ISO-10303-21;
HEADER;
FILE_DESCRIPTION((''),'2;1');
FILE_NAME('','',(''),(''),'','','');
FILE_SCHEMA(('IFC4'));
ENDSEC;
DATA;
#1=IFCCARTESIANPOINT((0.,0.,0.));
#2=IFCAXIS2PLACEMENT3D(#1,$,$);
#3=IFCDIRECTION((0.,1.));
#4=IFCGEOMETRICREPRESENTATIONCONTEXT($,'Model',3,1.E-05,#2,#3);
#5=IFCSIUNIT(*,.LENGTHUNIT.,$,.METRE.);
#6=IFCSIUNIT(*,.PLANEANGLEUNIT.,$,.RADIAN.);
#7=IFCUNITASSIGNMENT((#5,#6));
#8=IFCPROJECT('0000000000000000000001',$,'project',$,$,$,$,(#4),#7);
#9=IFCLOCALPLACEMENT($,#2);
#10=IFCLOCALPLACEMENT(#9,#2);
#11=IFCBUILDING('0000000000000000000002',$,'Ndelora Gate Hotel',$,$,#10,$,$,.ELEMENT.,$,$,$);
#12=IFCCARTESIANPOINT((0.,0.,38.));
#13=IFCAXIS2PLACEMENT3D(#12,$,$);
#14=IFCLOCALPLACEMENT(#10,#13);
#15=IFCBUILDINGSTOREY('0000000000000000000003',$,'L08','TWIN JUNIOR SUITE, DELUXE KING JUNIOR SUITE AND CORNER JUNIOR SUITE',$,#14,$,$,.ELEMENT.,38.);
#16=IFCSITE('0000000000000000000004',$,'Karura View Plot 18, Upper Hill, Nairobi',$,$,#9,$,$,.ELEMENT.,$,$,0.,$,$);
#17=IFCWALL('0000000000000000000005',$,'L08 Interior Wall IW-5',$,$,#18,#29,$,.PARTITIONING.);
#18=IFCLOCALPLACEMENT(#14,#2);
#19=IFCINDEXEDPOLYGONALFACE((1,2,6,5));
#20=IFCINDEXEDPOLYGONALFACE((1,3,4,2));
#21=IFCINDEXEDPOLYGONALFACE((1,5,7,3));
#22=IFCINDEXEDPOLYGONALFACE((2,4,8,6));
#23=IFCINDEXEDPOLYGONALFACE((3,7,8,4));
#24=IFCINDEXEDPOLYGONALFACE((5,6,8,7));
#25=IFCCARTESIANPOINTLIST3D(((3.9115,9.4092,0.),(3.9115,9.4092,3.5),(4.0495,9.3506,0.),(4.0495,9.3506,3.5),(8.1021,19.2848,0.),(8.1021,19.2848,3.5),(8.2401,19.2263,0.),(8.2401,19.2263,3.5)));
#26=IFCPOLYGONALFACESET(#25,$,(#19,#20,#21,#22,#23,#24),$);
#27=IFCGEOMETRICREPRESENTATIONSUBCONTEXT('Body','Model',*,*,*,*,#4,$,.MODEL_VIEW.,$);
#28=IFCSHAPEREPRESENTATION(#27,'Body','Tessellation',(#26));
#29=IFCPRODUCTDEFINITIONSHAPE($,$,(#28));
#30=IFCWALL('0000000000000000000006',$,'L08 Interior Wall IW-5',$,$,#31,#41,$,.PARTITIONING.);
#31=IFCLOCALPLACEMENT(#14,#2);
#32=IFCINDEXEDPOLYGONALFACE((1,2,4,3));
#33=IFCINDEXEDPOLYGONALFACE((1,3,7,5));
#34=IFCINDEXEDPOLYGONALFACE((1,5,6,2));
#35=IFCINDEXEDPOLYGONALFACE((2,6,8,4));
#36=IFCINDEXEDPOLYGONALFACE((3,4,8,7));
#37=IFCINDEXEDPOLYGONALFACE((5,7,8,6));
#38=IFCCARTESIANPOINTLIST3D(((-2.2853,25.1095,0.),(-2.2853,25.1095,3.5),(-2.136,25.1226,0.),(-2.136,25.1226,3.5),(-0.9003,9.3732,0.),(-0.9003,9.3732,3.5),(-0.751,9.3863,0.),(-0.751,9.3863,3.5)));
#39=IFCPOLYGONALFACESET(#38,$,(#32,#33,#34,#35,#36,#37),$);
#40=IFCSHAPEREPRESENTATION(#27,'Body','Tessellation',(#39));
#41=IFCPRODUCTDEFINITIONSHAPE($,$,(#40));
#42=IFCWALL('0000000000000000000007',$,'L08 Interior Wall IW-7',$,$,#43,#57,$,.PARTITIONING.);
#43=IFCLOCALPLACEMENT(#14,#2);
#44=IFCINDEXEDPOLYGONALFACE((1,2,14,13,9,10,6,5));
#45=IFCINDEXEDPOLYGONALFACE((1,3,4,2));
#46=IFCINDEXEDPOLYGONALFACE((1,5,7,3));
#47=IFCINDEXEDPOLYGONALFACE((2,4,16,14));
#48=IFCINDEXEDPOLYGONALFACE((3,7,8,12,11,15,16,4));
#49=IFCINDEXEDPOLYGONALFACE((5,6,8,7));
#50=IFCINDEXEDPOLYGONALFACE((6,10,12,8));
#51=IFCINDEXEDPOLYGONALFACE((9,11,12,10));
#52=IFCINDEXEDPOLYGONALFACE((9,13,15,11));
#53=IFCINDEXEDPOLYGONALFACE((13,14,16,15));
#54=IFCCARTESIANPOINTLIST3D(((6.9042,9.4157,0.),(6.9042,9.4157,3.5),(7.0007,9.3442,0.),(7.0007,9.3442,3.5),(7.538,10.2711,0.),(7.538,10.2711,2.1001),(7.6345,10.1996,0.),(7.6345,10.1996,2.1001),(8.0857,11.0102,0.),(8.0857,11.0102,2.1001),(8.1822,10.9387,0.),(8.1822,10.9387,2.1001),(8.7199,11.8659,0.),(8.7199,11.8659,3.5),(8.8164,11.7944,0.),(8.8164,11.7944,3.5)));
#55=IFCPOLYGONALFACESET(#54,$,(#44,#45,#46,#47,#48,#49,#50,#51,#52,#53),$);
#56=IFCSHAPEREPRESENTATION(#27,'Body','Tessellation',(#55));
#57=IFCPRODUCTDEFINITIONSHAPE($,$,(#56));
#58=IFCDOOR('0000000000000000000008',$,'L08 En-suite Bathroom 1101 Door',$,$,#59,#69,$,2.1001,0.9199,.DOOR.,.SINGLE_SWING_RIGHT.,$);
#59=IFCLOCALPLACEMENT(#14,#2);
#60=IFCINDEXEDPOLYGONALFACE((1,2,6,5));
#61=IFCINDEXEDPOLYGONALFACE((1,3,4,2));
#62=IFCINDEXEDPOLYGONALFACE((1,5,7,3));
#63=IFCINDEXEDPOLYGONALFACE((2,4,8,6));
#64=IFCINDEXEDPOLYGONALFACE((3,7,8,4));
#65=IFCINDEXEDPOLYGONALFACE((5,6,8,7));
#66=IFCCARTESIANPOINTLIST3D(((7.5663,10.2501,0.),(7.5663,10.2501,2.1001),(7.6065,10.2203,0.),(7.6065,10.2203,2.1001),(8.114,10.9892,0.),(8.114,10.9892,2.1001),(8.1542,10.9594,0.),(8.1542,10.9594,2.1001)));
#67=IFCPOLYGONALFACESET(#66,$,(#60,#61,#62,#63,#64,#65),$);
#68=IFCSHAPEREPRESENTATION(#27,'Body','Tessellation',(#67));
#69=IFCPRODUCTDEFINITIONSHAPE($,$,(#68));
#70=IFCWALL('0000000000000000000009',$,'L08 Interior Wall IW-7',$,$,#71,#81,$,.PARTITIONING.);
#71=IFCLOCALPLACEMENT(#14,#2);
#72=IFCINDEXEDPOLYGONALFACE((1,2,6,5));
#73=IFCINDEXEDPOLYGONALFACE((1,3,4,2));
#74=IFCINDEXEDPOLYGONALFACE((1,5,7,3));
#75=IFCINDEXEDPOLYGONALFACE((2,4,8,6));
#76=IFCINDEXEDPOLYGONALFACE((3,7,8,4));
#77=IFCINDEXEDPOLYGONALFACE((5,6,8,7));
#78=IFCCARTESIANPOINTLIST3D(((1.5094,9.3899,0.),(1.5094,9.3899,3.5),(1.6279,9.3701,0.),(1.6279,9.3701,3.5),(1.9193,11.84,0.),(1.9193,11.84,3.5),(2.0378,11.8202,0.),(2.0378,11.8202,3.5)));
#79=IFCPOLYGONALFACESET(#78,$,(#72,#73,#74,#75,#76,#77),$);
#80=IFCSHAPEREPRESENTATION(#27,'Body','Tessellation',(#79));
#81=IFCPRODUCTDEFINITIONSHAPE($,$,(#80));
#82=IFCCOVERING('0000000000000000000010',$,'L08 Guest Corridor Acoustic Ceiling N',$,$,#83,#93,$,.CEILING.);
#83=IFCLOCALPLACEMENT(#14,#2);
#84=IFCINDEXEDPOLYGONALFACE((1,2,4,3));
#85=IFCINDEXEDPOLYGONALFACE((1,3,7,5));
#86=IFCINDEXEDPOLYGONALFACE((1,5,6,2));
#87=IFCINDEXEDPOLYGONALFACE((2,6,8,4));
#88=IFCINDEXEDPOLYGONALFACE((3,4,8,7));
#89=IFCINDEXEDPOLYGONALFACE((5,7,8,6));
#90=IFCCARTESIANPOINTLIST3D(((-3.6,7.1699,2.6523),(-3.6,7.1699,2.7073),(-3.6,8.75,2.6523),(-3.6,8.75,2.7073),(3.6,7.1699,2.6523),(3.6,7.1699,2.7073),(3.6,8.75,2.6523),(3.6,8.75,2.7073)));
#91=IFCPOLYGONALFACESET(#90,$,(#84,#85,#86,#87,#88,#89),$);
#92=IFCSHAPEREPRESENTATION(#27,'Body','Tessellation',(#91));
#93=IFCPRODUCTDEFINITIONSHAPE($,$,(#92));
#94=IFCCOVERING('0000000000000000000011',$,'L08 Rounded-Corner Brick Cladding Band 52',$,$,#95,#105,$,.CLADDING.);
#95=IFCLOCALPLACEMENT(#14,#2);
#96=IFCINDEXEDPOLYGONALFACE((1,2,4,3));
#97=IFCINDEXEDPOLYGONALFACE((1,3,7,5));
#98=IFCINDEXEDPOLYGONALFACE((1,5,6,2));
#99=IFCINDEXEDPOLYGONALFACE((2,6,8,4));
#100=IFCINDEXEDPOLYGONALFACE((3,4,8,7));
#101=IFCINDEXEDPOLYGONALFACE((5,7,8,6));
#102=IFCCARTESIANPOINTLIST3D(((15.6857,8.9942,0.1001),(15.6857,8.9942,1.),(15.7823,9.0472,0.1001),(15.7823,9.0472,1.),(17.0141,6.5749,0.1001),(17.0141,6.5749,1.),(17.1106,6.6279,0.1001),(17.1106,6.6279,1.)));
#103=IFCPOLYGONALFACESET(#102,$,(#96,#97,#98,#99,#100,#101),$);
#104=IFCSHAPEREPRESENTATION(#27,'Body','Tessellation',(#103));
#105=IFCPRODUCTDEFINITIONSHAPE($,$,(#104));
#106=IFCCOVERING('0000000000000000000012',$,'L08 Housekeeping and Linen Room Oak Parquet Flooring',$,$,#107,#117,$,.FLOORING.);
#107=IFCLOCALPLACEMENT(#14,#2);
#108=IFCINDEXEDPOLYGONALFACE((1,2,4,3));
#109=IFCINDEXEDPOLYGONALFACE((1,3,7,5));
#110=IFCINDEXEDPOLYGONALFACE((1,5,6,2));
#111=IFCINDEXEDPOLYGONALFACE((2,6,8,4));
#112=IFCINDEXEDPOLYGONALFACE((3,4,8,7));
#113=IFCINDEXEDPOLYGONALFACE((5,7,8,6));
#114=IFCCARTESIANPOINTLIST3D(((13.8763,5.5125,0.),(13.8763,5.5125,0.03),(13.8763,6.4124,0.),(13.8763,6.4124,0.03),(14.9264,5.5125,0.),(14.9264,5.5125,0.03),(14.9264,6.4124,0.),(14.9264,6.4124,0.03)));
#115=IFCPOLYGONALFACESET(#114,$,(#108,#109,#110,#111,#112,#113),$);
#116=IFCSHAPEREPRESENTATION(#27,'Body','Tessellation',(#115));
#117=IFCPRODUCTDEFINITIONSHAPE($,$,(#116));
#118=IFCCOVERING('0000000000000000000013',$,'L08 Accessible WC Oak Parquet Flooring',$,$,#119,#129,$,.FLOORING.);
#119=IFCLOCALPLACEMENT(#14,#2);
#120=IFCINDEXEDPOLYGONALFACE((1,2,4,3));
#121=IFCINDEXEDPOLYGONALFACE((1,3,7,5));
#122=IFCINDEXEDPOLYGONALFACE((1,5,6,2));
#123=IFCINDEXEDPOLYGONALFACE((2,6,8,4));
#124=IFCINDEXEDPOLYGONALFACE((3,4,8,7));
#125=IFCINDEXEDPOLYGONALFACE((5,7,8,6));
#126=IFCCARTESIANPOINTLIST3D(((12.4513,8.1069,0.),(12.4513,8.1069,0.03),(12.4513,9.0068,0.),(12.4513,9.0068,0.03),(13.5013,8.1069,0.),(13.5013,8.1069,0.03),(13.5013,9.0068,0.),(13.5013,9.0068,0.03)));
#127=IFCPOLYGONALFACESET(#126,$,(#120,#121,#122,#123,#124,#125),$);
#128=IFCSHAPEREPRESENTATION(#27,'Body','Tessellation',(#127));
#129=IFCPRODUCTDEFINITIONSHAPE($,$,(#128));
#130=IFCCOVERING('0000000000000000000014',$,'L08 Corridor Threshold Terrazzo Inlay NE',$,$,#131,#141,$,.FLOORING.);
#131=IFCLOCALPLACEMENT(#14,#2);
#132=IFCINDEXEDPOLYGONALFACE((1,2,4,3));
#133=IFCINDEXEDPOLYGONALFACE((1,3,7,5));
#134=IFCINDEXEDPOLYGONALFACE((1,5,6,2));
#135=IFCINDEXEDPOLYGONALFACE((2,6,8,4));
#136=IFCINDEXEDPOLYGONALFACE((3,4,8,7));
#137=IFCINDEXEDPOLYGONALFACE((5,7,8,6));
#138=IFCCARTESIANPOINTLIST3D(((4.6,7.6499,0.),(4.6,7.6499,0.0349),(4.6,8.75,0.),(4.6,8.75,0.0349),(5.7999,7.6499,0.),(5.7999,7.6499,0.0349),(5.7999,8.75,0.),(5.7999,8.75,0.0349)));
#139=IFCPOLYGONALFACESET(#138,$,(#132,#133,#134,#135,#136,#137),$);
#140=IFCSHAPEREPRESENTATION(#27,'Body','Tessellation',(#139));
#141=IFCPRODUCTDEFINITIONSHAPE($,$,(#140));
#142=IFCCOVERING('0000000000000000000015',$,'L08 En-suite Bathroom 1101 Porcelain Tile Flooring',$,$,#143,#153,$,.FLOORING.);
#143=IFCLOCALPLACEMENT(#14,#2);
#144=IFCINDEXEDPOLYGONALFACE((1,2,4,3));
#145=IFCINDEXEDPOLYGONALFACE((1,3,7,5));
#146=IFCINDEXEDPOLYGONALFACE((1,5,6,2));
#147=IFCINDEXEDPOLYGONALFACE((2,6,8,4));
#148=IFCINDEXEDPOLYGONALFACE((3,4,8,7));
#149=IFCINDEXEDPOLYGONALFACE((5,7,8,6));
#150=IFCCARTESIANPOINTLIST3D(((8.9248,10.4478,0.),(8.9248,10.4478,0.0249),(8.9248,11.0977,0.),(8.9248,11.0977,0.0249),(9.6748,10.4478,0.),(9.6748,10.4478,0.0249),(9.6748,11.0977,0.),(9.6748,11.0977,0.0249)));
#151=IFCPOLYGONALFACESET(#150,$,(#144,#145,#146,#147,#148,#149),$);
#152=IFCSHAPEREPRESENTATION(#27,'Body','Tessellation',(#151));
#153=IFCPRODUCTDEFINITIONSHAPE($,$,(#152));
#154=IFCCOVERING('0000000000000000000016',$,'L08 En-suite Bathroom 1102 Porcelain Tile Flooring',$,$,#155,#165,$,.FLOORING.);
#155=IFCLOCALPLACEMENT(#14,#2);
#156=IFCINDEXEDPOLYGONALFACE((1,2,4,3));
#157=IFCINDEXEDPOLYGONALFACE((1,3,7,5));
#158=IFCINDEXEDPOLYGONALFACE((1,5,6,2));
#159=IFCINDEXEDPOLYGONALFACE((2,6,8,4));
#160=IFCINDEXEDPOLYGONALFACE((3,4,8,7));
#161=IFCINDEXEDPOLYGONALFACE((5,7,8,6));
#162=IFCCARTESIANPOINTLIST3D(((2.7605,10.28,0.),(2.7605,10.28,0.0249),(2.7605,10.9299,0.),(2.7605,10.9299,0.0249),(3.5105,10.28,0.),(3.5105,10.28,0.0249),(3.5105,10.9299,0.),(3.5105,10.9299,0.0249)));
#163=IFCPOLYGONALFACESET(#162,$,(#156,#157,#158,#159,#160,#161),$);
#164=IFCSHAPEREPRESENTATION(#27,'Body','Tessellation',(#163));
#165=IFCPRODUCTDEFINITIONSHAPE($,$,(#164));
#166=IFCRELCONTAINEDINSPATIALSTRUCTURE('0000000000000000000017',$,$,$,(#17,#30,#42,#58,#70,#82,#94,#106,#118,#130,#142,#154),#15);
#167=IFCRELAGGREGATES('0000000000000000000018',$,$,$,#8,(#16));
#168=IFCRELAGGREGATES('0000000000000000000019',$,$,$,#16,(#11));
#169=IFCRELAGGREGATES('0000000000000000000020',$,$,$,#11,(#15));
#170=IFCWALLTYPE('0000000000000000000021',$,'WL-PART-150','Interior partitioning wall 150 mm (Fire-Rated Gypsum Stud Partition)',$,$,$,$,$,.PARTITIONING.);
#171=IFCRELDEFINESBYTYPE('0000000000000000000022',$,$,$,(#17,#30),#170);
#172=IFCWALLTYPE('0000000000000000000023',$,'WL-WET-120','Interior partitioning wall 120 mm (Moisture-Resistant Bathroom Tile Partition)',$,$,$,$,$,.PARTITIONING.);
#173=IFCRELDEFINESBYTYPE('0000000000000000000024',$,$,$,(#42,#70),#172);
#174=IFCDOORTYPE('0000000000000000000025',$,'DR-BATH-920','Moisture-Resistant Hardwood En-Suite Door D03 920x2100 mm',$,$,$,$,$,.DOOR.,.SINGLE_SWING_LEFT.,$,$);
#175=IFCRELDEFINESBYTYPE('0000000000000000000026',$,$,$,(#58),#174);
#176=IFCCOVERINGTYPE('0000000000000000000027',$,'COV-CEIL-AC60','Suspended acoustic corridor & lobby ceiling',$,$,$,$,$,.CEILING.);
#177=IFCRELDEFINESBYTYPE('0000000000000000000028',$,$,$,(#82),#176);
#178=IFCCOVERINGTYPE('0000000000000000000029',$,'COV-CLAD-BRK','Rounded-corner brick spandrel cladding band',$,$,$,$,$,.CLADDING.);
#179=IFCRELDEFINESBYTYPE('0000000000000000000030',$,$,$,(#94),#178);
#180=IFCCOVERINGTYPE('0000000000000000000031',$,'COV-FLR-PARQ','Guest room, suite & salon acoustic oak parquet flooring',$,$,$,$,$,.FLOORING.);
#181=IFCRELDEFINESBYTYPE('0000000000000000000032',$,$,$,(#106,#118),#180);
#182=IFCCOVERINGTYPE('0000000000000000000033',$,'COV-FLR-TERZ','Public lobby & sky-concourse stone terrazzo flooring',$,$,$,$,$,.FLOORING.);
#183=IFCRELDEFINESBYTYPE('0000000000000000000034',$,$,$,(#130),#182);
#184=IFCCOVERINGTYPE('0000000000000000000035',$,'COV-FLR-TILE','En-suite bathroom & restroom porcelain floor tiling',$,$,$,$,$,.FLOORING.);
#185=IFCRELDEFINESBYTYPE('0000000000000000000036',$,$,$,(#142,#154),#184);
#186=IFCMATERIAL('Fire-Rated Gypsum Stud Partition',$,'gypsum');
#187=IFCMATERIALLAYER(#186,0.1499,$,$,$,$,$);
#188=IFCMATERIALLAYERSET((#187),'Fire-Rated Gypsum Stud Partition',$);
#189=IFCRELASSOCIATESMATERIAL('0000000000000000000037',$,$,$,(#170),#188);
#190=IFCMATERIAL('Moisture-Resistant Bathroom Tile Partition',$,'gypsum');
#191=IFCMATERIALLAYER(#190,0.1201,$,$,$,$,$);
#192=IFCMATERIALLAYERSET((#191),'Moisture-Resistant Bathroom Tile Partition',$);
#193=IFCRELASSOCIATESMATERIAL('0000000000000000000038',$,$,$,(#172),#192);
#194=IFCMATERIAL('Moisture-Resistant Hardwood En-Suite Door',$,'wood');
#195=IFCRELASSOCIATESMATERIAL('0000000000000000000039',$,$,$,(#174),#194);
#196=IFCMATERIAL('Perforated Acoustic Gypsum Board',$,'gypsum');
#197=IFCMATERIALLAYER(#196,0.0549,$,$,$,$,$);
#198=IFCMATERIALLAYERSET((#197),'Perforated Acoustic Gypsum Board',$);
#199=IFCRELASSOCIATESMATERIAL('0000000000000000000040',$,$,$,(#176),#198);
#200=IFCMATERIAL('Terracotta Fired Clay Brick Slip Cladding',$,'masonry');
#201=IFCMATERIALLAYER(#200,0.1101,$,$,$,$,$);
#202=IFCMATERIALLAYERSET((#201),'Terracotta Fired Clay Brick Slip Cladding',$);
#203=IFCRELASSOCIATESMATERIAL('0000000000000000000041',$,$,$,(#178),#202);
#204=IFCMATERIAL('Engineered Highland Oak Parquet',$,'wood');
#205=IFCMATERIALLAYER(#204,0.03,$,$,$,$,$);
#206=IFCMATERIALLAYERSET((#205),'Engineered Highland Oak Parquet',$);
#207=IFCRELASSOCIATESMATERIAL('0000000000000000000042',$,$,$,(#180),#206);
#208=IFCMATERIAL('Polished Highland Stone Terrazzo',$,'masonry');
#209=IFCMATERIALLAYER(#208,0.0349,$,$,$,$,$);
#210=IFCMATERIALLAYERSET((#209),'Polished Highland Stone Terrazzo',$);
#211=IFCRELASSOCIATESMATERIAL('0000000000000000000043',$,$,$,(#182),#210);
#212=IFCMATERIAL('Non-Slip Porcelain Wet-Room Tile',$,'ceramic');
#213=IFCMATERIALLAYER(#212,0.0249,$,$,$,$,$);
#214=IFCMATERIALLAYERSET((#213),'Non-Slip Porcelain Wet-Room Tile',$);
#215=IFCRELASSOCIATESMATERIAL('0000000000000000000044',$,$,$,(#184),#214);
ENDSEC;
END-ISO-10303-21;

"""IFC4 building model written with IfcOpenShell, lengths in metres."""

from ifc_helpers import new_model, si_unit, direction, frame, frame_2d, origin, origin_2d, place, context, subcontext, project, spatial, rectangle, extrude, material, layer, layer_set, type_object, element, fill, save


model = new_model("IFC4")

# Units and contexts
model_context = context("Model", 3, precision=1e-05, world=origin(), true_north=direction((0.0, 1.0)))
body_context = subcontext(model_context, "Body", "Model", "MODEL_VIEW")
ifc_project = project(units=[si_unit("LENGTHUNIT", "METRE"), si_unit("PLANEANGLEUNIT", "RADIAN")], contexts=[model_context])

# Site, building, storey
site_placement = place(None, origin())
site = spatial("IfcSite", under=ifc_project, at=site_placement, Name="Karura View Plot 18, Upper Hill, Nairobi", CompositionType="ELEMENT", RefElevation=0.0)
building_placement = place(site_placement, origin())
building = spatial("IfcBuilding", under=site, at=building_placement, Name="Ndelora Gate Hotel", CompositionType="ELEMENT")
storey_placement = place(building_placement, frame((0.0, 0.0, 38.0)))
storey = spatial("IfcBuildingStorey", under=building, at=storey_placement, Name="L08", Description="TWIN JUNIOR SUITE, DELUXE KING JUNIOR SUITE AND CORNER JUNIOR SUITE", CompositionType="ELEMENT", Elevation=38.0)

# Shared definitions
ifc_material_1 = material(Name="Fire-Rated Gypsum Stud Partition", Category="gypsum")
ifc_layer_1 = layer(ifc_material_1, 0.1499)
ifc_layer_set_1 = layer_set([ifc_layer_1], Name="Fire-Rated Gypsum Stud Partition")
wall_type_1 = type_object("IfcWallType", Name="WL-PART-150", Description="Interior partitioning wall 150 mm (Fire-Rated Gypsum Stud Partition)", PredefinedType="PARTITIONING", material=ifc_layer_set_1)

# Walls
wall_1_placement = place(storey_placement, frame((3.9805, 9.3799, 0.0), z_axis=(0.0, 0.0, 1.0), x_axis=(0.390626, 0.920549, 0.0)))
element("IfcWall", 1, at=wall_1_placement, inside=storey, type_object=wall_type_1, Name="L08 Interior Wall IW-5", PredefinedType="PARTITIONING", context=body_context, shape_type="SweptSolid", body=[
    extrude(rectangle(XDim=10.728, YDim=0.1499, at=frame_2d((5.364, 0.0))), origin(), (0.0, 0.0, 1.0), 3.5),
])
wall_2_placement = place(storey_placement, frame((-0.8257, 9.3799, 0.0), z_axis=(0.0, 0.0, 1.0), x_axis=(-0.087675, 0.996149, 0.0)))
element("IfcWall", 2, at=wall_2_placement, inside=storey, type_object=wall_type_1, Name="L08 Interior Wall IW-5", PredefinedType="PARTITIONING", context=body_context, shape_type="SweptSolid", body=[
    extrude(rectangle(XDim=15.7971, YDim=0.1499, at=frame_2d((7.8984, 0.0))), origin(), (0.0, 0.0, 1.0), 3.5),
])

# Wall, opening, door
ifc_material_2 = material(Name="Moisture-Resistant Bathroom Tile Partition", Category="gypsum")
ifc_layer_2 = layer(ifc_material_2, 0.1201)
ifc_layer_set_2 = layer_set([ifc_layer_2], Name="Moisture-Resistant Bathroom Tile Partition")
wall_type_2 = type_object("IfcWallType", Name="WL-WET-120", Description="Interior partitioning wall 120 mm (Moisture-Resistant Bathroom Tile Partition)", PredefinedType="PARTITIONING", material=ifc_layer_set_2)
wall_3_placement = place(storey_placement, frame((6.9524, 9.3799, 0.0), z_axis=(0.0, 0.0, 1.0), x_axis=(0.595379, 0.803445, 0.0)))
wall_3 = element("IfcWall", 3, at=wall_3_placement, inside=storey, type_object=wall_type_2, Name="L08 Interior Wall IW-7", PredefinedType="PARTITIONING", context=body_context, shape_type="SweptSolid", body=[
    extrude(rectangle(XDim=3.0496, YDim=0.1201, at=frame_2d((1.5249, 0.0))), origin(), (0.0, 0.0, 1.0), 3.5),
])
opening_1_placement = place(wall_3_placement, frame((1.0647, 0.0, 0.0)))
opening_1 = element("IfcOpeningElement", 4, at=opening_1_placement, cuts=wall_3, PredefinedType="OPENING", context=body_context, shape_type="SweptSolid", body=[
    extrude(rectangle(XDim=0.9199, YDim=2.1001, at=frame_2d((0.46, 1.05))), frame((0.0, 0.0701, 0.0), z_axis=(0.0, -1.0, 0.0), x_axis=(1.0, 0.0, 0.0)), (0.0, 0.0, 1.0), 0.1401),
])
ifc_material_3 = material(Name="Moisture-Resistant Hardwood En-Suite Door", Category="wood")
door_type_1 = type_object("IfcDoorType", Name="DR-BATH-920", Description="Moisture-Resistant Hardwood En-Suite Door D03 920x2100 mm", OperationType="SINGLE_SWING_LEFT", PredefinedType="DOOR", material=ifc_material_3)
door_1_placement = place(opening_1_placement, origin())
door_1 = element("IfcDoor", 5, at=door_1_placement, inside=storey, type_object=door_type_1, Name="L08 En-suite Bathroom 1101 Door", OperationType="SINGLE_SWING_RIGHT", OverallHeight=2.1001, OverallWidth=0.9199, PredefinedType="DOOR", context=body_context, shape_type="SweptSolid", body=[
    extrude(rectangle(XDim=0.9199, YDim=2.1001, at=frame_2d((0.46, 1.05))), frame((0.0, 0.0249, 0.0), z_axis=(0.0, -1.0, 0.0), x_axis=(1.0, 0.0, 0.0)), (0.0, 0.0, 1.0), 0.05),
])
fill(opening_1, door_1)

# Wall
wall_4_placement = place(storey_placement, frame((1.5686, 9.3799, 0.0), z_axis=(0.0, 0.0, 1.0), x_axis=(0.165005, 0.986293, 0.0)))
element("IfcWall", 6, at=wall_4_placement, inside=storey, type_object=wall_type_2, Name="L08 Interior Wall IW-7", PredefinedType="PARTITIONING", context=body_context, shape_type="SweptSolid", body=[
    extrude(rectangle(XDim=2.4841, YDim=0.1201, at=frame_2d((1.2422, 0.0))), origin(), (0.0, 0.0, 1.0), 3.5),
])

# Coverings
ifc_material_4 = material(Name="Perforated Acoustic Gypsum Board", Category="gypsum")
ifc_layer_3 = layer(ifc_material_4, 0.0549)
ifc_layer_set_3 = layer_set([ifc_layer_3], Name="Perforated Acoustic Gypsum Board")
covering_type_1 = type_object("IfcCoveringType", Name="COV-CEIL-AC60", Description="Suspended acoustic corridor & lobby ceiling", PredefinedType="CEILING", material=ifc_layer_set_3)
covering_1_placement = place(storey_placement, frame((0.0, 7.96, 2.6523), z_axis=(0.0, 0.0, 1.0), x_axis=(1.0, 0.0, 0.0)))
element("IfcCovering", 7, at=covering_1_placement, inside=storey, type_object=covering_type_1, Name="L08 Guest Corridor Acoustic Ceiling N", PredefinedType="CEILING", context=body_context, shape_type="SweptSolid", body=[
    extrude(rectangle(XDim=7.2, YDim=1.5801, at=origin_2d()), origin(), (0.0, 0.0, 1.0), 0.0549),
])
ifc_material_5 = material(Name="Terracotta Fired Clay Brick Slip Cladding", Category="masonry")
ifc_layer_4 = layer(ifc_material_5, 0.1101)
ifc_layer_set_4 = layer_set([ifc_layer_4], Name="Terracotta Fired Clay Brick Slip Cladding")
covering_type_2 = type_object("IfcCoveringType", Name="COV-CLAD-BRK", Description="Rounded-corner brick spandrel cladding band", PredefinedType="CLADDING", material=ifc_layer_set_4)
covering_2_placement = place(storey_placement, frame((16.3982, 7.811, 0.1001), z_axis=(0.0, 0.0, 1.0), x_axis=(-0.481295, 0.876559, 0.0)))
element("IfcCovering", 8, at=covering_2_placement, inside=storey, type_object=covering_type_2, Name="L08 Rounded-Corner Brick Cladding Band 52", PredefinedType="CLADDING", context=body_context, shape_type="SweptSolid", body=[
    extrude(rectangle(XDim=2.76, YDim=0.1101, at=origin_2d()), origin(), (0.0, 0.0, 1.0), 0.8999),
])
ifc_material_6 = material(Name="Engineered Highland Oak Parquet", Category="wood")
ifc_layer_5 = layer(ifc_material_6, 0.03)
ifc_layer_set_5 = layer_set([ifc_layer_5], Name="Engineered Highland Oak Parquet")
covering_type_3 = type_object("IfcCoveringType", Name="COV-FLR-PARQ", Description="Guest room, suite & salon acoustic oak parquet flooring", PredefinedType="FLOORING", material=ifc_layer_set_5)
for number, where, z_axis, x_axis, name in (
    (9, (14.4014, 5.9624, 0.0), (0.0, 0.0, 1.0), (1.0, 0.0, 0.0), "L08 Housekeeping and Linen Room Oak Parquet Flooring"),
    (10, (12.9763, 8.5569, 0.0), (0.0, 0.0, 1.0), (1.0, 0.0, 0.0), "L08 Accessible WC Oak Parquet Flooring"),
):
    element("IfcCovering", number, at=place(storey_placement, frame(where, z_axis=z_axis, x_axis=x_axis)), inside=storey, type_object=covering_type_3, Name=name, PredefinedType="FLOORING", context=body_context, shape_type="SweptSolid", body=[
        extrude(rectangle(XDim=1.05, YDim=0.8999, at=origin_2d()), origin(), (0.0, 0.0, 1.0), 0.03),
    ])
ifc_material_7 = material(Name="Polished Highland Stone Terrazzo", Category="masonry")
ifc_layer_6 = layer(ifc_material_7, 0.0349)
ifc_layer_set_6 = layer_set([ifc_layer_6], Name="Polished Highland Stone Terrazzo")
covering_type_4 = type_object("IfcCoveringType", Name="COV-FLR-TERZ", Description="Public lobby & sky-concourse stone terrazzo flooring", PredefinedType="FLOORING", material=ifc_layer_set_6)
covering_3_placement = place(storey_placement, frame((5.2, 8.2, 0.0), z_axis=(0.0, 0.0, 1.0), x_axis=(1.0, 0.0, 0.0)))
element("IfcCovering", 11, at=covering_3_placement, inside=storey, type_object=covering_type_4, Name="L08 Corridor Threshold Terrazzo Inlay NE", PredefinedType="FLOORING", context=body_context, shape_type="SweptSolid", body=[
    extrude(rectangle(XDim=1.2, YDim=1.1001, at=origin_2d()), origin(), (0.0, 0.0, 1.0), 0.0349),
])
ifc_material_8 = material(Name="Non-Slip Porcelain Wet-Room Tile", Category="ceramic")
ifc_layer_7 = layer(ifc_material_8, 0.0249)
ifc_layer_set_7 = layer_set([ifc_layer_7], Name="Non-Slip Porcelain Wet-Room Tile")
covering_type_5 = type_object("IfcCoveringType", Name="COV-FLR-TILE", Description="En-suite bathroom & restroom porcelain floor tiling", PredefinedType="FLOORING", material=ifc_layer_set_7)
for number, where, z_axis, x_axis, name in (
    (12, (9.2998, 10.7727, 0.0), (0.0, 0.0, 1.0), (1.0, 0.0, 0.0), "L08 En-suite Bathroom 1101 Porcelain Tile Flooring"),
    (13, (3.1355, 10.605, 0.0), (0.0, 0.0, 1.0), (1.0, 0.0, 0.0), "L08 En-suite Bathroom 1102 Porcelain Tile Flooring"),
):
    element("IfcCovering", number, at=place(storey_placement, frame(where, z_axis=z_axis, x_axis=x_axis)), inside=storey, type_object=covering_type_5, Name=name, PredefinedType="FLOORING", context=body_context, shape_type="SweptSolid", body=[
        extrude(rectangle(XDim=0.75, YDim=0.6499, at=origin_2d()), origin(), (0.0, 0.0, 1.0), 0.0249),
    ])

save(model, "model.ifc")
